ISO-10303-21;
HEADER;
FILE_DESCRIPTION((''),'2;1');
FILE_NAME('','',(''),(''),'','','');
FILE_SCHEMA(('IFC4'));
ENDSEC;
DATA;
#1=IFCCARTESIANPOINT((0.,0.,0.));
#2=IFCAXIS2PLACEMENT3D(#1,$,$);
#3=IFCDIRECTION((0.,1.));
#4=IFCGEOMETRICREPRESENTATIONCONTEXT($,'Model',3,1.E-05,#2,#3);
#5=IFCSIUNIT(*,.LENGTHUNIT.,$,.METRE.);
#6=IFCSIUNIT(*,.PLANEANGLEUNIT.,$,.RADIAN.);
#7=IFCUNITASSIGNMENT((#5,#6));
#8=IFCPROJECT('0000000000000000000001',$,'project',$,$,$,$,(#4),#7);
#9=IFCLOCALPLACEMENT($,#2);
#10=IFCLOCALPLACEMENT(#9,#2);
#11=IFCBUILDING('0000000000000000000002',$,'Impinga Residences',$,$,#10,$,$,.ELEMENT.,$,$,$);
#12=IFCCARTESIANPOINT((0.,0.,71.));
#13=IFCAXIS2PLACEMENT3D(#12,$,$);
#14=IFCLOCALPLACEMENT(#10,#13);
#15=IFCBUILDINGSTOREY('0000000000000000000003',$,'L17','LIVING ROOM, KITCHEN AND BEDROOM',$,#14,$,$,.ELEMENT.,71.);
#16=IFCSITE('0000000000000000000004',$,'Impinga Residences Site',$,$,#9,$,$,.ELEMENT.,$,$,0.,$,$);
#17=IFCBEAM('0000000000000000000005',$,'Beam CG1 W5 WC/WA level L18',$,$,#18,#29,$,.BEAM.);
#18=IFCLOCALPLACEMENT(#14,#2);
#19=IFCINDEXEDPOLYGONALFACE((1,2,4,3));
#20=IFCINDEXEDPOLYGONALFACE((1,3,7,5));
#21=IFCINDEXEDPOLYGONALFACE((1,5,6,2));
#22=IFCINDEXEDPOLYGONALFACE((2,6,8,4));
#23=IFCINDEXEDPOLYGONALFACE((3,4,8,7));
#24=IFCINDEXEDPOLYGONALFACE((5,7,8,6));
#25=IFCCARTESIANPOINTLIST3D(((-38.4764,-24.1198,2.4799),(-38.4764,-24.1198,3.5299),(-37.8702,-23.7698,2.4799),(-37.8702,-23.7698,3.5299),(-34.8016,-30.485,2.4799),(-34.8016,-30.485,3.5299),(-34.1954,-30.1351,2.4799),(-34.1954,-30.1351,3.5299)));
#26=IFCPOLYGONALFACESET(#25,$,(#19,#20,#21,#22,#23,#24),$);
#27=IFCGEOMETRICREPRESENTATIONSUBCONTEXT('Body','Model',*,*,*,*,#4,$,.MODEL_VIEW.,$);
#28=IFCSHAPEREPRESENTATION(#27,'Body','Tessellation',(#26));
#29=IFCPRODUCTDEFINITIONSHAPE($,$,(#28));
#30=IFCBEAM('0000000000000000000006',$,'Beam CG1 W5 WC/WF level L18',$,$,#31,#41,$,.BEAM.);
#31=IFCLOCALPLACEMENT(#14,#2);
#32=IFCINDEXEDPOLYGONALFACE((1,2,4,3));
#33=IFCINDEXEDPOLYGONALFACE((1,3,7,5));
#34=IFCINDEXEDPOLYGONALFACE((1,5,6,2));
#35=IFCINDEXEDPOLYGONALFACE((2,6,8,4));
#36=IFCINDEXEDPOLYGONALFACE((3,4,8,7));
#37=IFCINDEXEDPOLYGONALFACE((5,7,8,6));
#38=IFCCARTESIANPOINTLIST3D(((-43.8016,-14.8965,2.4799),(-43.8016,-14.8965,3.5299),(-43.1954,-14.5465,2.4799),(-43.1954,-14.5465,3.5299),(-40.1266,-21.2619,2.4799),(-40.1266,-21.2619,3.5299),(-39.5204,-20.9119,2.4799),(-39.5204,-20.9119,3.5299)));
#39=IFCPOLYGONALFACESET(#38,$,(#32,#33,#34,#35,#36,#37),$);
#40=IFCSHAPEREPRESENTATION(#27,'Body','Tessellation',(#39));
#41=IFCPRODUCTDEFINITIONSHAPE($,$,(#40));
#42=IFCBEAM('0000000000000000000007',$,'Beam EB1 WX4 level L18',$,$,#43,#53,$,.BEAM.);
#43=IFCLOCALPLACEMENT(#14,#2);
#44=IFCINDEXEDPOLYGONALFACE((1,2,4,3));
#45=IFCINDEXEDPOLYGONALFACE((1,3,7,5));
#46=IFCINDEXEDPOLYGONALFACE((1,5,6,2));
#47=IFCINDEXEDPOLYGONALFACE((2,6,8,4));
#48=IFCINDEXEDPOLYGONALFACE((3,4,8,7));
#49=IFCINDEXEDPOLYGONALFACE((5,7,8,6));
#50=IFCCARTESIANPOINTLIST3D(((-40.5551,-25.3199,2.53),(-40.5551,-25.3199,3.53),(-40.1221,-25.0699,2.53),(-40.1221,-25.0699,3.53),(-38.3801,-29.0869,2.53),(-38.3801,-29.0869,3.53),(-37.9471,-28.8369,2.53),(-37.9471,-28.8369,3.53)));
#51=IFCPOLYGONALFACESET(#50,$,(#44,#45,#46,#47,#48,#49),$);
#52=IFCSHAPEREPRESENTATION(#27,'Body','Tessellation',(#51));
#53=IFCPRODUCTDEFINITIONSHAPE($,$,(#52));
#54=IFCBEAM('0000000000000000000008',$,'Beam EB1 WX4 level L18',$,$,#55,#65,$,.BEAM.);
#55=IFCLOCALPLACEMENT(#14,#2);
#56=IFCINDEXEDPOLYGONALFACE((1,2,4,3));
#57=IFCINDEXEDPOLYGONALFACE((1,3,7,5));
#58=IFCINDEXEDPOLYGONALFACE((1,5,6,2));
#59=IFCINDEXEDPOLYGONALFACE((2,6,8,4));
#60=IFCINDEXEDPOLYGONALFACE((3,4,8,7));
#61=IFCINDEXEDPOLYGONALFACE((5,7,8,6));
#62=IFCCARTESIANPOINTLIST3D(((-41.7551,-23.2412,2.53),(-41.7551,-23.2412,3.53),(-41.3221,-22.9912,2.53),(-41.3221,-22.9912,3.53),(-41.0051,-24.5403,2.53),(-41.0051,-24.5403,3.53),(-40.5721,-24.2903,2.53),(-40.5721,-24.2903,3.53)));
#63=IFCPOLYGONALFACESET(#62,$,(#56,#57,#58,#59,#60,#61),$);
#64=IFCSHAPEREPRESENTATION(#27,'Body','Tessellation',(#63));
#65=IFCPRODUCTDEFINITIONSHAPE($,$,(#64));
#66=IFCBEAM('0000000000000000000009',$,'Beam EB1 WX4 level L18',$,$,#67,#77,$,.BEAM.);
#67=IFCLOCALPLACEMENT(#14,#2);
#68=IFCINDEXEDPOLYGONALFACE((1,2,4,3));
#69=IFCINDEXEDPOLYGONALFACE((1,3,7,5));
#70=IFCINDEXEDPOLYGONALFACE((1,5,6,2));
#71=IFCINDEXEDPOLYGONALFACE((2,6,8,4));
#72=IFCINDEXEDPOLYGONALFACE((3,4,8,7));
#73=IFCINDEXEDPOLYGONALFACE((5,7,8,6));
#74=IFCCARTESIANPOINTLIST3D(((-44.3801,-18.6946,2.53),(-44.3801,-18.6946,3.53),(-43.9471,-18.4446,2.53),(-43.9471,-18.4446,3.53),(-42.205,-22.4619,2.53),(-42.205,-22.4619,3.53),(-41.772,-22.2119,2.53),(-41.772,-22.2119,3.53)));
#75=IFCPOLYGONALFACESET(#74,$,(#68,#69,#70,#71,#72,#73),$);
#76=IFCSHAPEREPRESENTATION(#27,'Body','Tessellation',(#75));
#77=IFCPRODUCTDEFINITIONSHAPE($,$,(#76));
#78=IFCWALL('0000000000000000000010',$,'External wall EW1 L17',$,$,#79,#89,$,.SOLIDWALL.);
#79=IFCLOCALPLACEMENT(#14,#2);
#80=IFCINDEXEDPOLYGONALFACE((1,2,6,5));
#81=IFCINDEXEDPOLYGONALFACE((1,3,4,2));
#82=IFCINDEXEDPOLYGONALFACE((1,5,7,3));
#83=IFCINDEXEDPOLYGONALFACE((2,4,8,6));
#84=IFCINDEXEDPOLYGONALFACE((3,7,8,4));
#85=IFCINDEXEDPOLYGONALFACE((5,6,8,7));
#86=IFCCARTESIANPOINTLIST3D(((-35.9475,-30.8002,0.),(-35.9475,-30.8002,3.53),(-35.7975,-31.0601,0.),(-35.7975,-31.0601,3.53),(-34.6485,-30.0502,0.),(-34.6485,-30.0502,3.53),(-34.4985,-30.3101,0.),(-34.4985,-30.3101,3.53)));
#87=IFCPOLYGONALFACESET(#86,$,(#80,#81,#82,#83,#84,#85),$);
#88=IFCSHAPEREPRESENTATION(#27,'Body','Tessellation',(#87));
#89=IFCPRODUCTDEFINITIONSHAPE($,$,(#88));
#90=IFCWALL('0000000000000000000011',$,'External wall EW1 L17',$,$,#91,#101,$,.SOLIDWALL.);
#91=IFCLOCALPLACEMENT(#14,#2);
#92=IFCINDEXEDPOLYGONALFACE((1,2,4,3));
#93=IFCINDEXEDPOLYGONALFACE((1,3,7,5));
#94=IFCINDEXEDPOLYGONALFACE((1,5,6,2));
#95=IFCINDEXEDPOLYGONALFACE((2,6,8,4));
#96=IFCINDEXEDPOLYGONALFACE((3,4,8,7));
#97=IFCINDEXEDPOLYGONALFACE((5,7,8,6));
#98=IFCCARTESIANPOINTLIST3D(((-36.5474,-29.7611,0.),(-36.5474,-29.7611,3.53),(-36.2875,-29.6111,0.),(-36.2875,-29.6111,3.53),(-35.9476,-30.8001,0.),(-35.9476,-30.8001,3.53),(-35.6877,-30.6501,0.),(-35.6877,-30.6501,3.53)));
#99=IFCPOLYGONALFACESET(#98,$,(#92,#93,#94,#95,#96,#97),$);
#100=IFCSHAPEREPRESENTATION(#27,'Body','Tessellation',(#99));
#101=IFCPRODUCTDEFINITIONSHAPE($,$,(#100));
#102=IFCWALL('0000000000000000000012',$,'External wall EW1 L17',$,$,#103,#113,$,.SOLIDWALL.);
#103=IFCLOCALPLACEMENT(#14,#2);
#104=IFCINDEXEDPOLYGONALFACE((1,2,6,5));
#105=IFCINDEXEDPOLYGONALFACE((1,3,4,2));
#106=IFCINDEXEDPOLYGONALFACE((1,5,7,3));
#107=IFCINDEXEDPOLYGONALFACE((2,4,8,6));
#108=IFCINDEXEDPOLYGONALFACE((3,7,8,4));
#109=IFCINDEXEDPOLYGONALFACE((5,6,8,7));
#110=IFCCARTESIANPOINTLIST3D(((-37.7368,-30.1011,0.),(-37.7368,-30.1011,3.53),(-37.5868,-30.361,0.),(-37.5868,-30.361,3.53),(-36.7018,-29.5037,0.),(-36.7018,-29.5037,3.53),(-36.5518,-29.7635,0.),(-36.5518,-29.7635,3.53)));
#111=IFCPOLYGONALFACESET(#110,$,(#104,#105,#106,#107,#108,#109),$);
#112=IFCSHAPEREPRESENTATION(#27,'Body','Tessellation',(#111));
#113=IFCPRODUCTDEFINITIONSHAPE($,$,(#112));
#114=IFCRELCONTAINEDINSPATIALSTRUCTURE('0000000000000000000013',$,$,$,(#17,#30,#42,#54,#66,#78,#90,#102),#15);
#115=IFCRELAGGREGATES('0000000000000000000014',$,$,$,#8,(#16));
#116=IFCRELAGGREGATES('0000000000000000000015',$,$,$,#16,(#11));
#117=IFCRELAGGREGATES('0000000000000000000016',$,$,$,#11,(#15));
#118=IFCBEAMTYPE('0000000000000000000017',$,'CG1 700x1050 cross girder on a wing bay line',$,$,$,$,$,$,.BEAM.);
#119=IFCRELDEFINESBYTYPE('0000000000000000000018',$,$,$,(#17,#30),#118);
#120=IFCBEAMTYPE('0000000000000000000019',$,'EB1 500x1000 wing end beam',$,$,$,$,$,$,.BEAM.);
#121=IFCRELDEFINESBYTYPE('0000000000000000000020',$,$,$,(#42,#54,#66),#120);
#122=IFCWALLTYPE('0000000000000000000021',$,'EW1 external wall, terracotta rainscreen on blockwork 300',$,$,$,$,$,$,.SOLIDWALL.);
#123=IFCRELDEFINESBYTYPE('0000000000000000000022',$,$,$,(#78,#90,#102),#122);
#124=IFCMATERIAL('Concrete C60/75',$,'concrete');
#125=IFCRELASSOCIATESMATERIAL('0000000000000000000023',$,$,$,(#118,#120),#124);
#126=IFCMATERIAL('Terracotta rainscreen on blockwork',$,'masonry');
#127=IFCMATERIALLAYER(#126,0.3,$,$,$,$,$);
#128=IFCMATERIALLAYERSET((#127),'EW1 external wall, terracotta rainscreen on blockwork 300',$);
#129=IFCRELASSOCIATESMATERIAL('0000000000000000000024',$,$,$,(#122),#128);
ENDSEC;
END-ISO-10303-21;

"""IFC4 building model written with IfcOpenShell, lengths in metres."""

from ifc_helpers import new_model, si_unit, direction, frame, frame_2d, origin, origin_2d, place, context, subcontext, project, spatial, rectangle, extrude, material, layer, layer_set, material_profile, profile_set, type_object, element, save


model = new_model("IFC4")

# Units and contexts
model_context = context("Model", 3, precision=1e-05, world=origin(), true_north=direction((0.0, 1.0)))
body_context = subcontext(model_context, "Body", "Model", "MODEL_VIEW")
ifc_project = project(units=[si_unit("LENGTHUNIT", "METRE"), si_unit("PLANEANGLEUNIT", "RADIAN")], contexts=[model_context])

# Site, building, storey
site_placement = place(None, origin())
site = spatial("IfcSite", under=ifc_project, at=site_placement, Name="Impinga Residences Site", CompositionType="ELEMENT", RefElevation=0.0)
building_placement = place(site_placement, origin())
building = spatial("IfcBuilding", under=site, at=building_placement, Name="Impinga Residences", CompositionType="ELEMENT")
storey_placement = place(building_placement, frame((0.0, 0.0, 71.0)))
storey = spatial("IfcBuildingStorey", under=building, at=storey_placement, Name="L17", Description="LIVING ROOM, KITCHEN AND BEDROOM", CompositionType="ELEMENT", Elevation=71.0)

# Beams
ifc_material_1 = material(Name="Concrete C60/75", Category="concrete")
ifc_material_profile_1 = material_profile(ifc_material_1, rectangle(XDim=0.7, YDim=1.05, at=origin_2d()), Name="RC 700x1050")
ifc_profile_set_1 = profile_set([ifc_material_profile_1], Name="Concrete C60/75")
beam_type_1 = type_object("IfcBeamType", Name="CG1 700x1050 cross girder on a wing bay line", PredefinedType="BEAM", material=ifc_profile_set_1)
beam_1_placement = place(storey_placement, frame((-38.1733, -23.9448, 3.0049), z_axis=(0.499983, -0.866035, 0.0), x_axis=(0.866035, 0.499983, 0.0)))
element("IfcBeam", 1, at=beam_1_placement, inside=storey, type_object=beam_type_1, Name="Beam CG1 W5 WC/WA level L18", PredefinedType="BEAM", context=body_context, shape_type="SweptSolid", body=[
    extrude(rectangle(XDim=0.7, YDim=1.05, at=origin_2d()), origin(), (0.0, 0.0, 1.0), 7.3499),
])
beam_2_placement = place(storey_placement, frame((-39.8235, -21.0869, 3.0049), z_axis=(-0.499994, 0.866029, 0.0), x_axis=(-0.866029, -0.499994, 0.0)))
element("IfcBeam", 2, at=beam_2_placement, inside=storey, type_object=beam_type_1, Name="Beam CG1 W5 WC/WF level L18", PredefinedType="BEAM", context=body_context, shape_type="SweptSolid", body=[
    extrude(rectangle(XDim=0.7, YDim=1.05, at=origin_2d()), origin(), (0.0, 0.0, 1.0), 7.3501),
])
ifc_material_profile_2 = material_profile(ifc_material_1, rectangle(XDim=0.5, YDim=1.0, at=origin_2d()), Name="RC 500x1000")
ifc_profile_set_2 = profile_set([ifc_material_profile_2], Name="Concrete C60/75")
beam_type_2 = type_object("IfcBeamType", Name="EB1 500x1000 wing end beam", PredefinedType="BEAM", material=ifc_profile_set_2)
beam_3_placement = place(storey_placement, frame((-38.1636, -28.9619, 3.03), z_axis=(-0.50002, 0.866014, 0.0), x_axis=(-0.866014, -0.50002, 0.0)))
element("IfcBeam", 3, at=beam_3_placement, inside=storey, type_object=beam_type_2, Name="Beam EB1 WX4 level L18", PredefinedType="BEAM", context=body_context, shape_type="SweptSolid", body=[
    extrude(rectangle(XDim=0.5, YDim=1.0, at=origin_2d()), origin(), (0.0, 0.0, 1.0), 4.3499),
])
beam_4_placement = place(storey_placement, frame((-40.7886, -24.4153, 3.03), z_axis=(-0.49999, 0.866031, 0.0), x_axis=(-0.866031, -0.49999, 0.0)))
element("IfcBeam", 4, at=beam_4_placement, inside=storey, type_object=beam_type_2, Name="Beam EB1 WX4 level L18", PredefinedType="BEAM", context=body_context, shape_type="SweptSolid", body=[
    extrude(rectangle(XDim=0.5, YDim=1.0, at=origin_2d()), origin(), (0.0, 0.0, 1.0), 1.5),
])
beam_5_placement = place(storey_placement, frame((-41.9885, -22.3369, 3.03), z_axis=(-0.499996, 0.866028, 0.0), x_axis=(-0.866028, -0.499996, 0.0)))
element("IfcBeam", 5, at=beam_5_placement, inside=storey, type_object=beam_type_2, Name="Beam EB1 WX4 level L18", PredefinedType="BEAM", context=body_context, shape_type="SweptSolid", body=[
    extrude(rectangle(XDim=0.5, YDim=1.0, at=origin_2d()), origin(), (0.0, 0.0, 1.0), 4.3501),
])

# Walls
ifc_material_2 = material(Name="Terracotta rainscreen on blockwork", Category="masonry")
ifc_layer_1 = layer(ifc_material_2, 0.3)
ifc_layer_set_1 = layer_set([ifc_layer_1], Name="EW1 external wall, terracotta rainscreen on blockwork 300")
wall_type_1 = type_object("IfcWallType", Name="EW1 external wall, terracotta rainscreen on blockwork 300", PredefinedType="SOLIDWALL", material=ifc_layer_set_1)
wall_1_placement = place(storey_placement, frame((-34.5735, -30.1802, 0.0), z_axis=(0.0, 0.0, 1.0), x_axis=(-0.866031, -0.49999, 0.0)))
element("IfcWall", 6, at=wall_1_placement, inside=storey, type_object=wall_type_1, Name="External wall EW1 L17", PredefinedType="SOLIDWALL", context=body_context, shape_type="SweptSolid", body=[
    extrude(rectangle(XDim=1.5, YDim=0.3, at=frame_2d((0.75, 0.0))), origin(), (0.0, 0.0, 1.0), 3.53),
])
wall_2_placement = place(storey_placement, frame((-35.8176, -30.7251, 0.0), z_axis=(0.0, 0.0, 1.0), x_axis=(-0.499969, 0.866043, 0.0)))
element("IfcWall", 7, at=wall_2_placement, inside=storey, type_object=wall_type_1, Name="External wall EW1 L17", PredefinedType="SOLIDWALL", context=body_context, shape_type="SweptSolid", body=[
    extrude(rectangle(XDim=1.1997, YDim=0.3, at=frame_2d((0.5999, 0.0))), origin(), (0.0, 0.0, 1.0), 3.53),
])
wall_3_placement = place(storey_placement, frame((-36.6267, -29.6335, 0.0), z_axis=(0.0, 0.0, 1.0), x_axis=(-0.86606, -0.499941, 0.0)))
element("IfcWall", 8, at=wall_3_placement, inside=storey, type_object=wall_type_1, Name="External wall EW1 L17", PredefinedType="SOLIDWALL", context=body_context, shape_type="SweptSolid", body=[
    extrude(rectangle(XDim=1.1951, YDim=0.3, at=frame_2d((0.5977, 0.0))), origin(), (0.0, 0.0, 1.0), 3.53),
])

save(model, "model.ifc")
